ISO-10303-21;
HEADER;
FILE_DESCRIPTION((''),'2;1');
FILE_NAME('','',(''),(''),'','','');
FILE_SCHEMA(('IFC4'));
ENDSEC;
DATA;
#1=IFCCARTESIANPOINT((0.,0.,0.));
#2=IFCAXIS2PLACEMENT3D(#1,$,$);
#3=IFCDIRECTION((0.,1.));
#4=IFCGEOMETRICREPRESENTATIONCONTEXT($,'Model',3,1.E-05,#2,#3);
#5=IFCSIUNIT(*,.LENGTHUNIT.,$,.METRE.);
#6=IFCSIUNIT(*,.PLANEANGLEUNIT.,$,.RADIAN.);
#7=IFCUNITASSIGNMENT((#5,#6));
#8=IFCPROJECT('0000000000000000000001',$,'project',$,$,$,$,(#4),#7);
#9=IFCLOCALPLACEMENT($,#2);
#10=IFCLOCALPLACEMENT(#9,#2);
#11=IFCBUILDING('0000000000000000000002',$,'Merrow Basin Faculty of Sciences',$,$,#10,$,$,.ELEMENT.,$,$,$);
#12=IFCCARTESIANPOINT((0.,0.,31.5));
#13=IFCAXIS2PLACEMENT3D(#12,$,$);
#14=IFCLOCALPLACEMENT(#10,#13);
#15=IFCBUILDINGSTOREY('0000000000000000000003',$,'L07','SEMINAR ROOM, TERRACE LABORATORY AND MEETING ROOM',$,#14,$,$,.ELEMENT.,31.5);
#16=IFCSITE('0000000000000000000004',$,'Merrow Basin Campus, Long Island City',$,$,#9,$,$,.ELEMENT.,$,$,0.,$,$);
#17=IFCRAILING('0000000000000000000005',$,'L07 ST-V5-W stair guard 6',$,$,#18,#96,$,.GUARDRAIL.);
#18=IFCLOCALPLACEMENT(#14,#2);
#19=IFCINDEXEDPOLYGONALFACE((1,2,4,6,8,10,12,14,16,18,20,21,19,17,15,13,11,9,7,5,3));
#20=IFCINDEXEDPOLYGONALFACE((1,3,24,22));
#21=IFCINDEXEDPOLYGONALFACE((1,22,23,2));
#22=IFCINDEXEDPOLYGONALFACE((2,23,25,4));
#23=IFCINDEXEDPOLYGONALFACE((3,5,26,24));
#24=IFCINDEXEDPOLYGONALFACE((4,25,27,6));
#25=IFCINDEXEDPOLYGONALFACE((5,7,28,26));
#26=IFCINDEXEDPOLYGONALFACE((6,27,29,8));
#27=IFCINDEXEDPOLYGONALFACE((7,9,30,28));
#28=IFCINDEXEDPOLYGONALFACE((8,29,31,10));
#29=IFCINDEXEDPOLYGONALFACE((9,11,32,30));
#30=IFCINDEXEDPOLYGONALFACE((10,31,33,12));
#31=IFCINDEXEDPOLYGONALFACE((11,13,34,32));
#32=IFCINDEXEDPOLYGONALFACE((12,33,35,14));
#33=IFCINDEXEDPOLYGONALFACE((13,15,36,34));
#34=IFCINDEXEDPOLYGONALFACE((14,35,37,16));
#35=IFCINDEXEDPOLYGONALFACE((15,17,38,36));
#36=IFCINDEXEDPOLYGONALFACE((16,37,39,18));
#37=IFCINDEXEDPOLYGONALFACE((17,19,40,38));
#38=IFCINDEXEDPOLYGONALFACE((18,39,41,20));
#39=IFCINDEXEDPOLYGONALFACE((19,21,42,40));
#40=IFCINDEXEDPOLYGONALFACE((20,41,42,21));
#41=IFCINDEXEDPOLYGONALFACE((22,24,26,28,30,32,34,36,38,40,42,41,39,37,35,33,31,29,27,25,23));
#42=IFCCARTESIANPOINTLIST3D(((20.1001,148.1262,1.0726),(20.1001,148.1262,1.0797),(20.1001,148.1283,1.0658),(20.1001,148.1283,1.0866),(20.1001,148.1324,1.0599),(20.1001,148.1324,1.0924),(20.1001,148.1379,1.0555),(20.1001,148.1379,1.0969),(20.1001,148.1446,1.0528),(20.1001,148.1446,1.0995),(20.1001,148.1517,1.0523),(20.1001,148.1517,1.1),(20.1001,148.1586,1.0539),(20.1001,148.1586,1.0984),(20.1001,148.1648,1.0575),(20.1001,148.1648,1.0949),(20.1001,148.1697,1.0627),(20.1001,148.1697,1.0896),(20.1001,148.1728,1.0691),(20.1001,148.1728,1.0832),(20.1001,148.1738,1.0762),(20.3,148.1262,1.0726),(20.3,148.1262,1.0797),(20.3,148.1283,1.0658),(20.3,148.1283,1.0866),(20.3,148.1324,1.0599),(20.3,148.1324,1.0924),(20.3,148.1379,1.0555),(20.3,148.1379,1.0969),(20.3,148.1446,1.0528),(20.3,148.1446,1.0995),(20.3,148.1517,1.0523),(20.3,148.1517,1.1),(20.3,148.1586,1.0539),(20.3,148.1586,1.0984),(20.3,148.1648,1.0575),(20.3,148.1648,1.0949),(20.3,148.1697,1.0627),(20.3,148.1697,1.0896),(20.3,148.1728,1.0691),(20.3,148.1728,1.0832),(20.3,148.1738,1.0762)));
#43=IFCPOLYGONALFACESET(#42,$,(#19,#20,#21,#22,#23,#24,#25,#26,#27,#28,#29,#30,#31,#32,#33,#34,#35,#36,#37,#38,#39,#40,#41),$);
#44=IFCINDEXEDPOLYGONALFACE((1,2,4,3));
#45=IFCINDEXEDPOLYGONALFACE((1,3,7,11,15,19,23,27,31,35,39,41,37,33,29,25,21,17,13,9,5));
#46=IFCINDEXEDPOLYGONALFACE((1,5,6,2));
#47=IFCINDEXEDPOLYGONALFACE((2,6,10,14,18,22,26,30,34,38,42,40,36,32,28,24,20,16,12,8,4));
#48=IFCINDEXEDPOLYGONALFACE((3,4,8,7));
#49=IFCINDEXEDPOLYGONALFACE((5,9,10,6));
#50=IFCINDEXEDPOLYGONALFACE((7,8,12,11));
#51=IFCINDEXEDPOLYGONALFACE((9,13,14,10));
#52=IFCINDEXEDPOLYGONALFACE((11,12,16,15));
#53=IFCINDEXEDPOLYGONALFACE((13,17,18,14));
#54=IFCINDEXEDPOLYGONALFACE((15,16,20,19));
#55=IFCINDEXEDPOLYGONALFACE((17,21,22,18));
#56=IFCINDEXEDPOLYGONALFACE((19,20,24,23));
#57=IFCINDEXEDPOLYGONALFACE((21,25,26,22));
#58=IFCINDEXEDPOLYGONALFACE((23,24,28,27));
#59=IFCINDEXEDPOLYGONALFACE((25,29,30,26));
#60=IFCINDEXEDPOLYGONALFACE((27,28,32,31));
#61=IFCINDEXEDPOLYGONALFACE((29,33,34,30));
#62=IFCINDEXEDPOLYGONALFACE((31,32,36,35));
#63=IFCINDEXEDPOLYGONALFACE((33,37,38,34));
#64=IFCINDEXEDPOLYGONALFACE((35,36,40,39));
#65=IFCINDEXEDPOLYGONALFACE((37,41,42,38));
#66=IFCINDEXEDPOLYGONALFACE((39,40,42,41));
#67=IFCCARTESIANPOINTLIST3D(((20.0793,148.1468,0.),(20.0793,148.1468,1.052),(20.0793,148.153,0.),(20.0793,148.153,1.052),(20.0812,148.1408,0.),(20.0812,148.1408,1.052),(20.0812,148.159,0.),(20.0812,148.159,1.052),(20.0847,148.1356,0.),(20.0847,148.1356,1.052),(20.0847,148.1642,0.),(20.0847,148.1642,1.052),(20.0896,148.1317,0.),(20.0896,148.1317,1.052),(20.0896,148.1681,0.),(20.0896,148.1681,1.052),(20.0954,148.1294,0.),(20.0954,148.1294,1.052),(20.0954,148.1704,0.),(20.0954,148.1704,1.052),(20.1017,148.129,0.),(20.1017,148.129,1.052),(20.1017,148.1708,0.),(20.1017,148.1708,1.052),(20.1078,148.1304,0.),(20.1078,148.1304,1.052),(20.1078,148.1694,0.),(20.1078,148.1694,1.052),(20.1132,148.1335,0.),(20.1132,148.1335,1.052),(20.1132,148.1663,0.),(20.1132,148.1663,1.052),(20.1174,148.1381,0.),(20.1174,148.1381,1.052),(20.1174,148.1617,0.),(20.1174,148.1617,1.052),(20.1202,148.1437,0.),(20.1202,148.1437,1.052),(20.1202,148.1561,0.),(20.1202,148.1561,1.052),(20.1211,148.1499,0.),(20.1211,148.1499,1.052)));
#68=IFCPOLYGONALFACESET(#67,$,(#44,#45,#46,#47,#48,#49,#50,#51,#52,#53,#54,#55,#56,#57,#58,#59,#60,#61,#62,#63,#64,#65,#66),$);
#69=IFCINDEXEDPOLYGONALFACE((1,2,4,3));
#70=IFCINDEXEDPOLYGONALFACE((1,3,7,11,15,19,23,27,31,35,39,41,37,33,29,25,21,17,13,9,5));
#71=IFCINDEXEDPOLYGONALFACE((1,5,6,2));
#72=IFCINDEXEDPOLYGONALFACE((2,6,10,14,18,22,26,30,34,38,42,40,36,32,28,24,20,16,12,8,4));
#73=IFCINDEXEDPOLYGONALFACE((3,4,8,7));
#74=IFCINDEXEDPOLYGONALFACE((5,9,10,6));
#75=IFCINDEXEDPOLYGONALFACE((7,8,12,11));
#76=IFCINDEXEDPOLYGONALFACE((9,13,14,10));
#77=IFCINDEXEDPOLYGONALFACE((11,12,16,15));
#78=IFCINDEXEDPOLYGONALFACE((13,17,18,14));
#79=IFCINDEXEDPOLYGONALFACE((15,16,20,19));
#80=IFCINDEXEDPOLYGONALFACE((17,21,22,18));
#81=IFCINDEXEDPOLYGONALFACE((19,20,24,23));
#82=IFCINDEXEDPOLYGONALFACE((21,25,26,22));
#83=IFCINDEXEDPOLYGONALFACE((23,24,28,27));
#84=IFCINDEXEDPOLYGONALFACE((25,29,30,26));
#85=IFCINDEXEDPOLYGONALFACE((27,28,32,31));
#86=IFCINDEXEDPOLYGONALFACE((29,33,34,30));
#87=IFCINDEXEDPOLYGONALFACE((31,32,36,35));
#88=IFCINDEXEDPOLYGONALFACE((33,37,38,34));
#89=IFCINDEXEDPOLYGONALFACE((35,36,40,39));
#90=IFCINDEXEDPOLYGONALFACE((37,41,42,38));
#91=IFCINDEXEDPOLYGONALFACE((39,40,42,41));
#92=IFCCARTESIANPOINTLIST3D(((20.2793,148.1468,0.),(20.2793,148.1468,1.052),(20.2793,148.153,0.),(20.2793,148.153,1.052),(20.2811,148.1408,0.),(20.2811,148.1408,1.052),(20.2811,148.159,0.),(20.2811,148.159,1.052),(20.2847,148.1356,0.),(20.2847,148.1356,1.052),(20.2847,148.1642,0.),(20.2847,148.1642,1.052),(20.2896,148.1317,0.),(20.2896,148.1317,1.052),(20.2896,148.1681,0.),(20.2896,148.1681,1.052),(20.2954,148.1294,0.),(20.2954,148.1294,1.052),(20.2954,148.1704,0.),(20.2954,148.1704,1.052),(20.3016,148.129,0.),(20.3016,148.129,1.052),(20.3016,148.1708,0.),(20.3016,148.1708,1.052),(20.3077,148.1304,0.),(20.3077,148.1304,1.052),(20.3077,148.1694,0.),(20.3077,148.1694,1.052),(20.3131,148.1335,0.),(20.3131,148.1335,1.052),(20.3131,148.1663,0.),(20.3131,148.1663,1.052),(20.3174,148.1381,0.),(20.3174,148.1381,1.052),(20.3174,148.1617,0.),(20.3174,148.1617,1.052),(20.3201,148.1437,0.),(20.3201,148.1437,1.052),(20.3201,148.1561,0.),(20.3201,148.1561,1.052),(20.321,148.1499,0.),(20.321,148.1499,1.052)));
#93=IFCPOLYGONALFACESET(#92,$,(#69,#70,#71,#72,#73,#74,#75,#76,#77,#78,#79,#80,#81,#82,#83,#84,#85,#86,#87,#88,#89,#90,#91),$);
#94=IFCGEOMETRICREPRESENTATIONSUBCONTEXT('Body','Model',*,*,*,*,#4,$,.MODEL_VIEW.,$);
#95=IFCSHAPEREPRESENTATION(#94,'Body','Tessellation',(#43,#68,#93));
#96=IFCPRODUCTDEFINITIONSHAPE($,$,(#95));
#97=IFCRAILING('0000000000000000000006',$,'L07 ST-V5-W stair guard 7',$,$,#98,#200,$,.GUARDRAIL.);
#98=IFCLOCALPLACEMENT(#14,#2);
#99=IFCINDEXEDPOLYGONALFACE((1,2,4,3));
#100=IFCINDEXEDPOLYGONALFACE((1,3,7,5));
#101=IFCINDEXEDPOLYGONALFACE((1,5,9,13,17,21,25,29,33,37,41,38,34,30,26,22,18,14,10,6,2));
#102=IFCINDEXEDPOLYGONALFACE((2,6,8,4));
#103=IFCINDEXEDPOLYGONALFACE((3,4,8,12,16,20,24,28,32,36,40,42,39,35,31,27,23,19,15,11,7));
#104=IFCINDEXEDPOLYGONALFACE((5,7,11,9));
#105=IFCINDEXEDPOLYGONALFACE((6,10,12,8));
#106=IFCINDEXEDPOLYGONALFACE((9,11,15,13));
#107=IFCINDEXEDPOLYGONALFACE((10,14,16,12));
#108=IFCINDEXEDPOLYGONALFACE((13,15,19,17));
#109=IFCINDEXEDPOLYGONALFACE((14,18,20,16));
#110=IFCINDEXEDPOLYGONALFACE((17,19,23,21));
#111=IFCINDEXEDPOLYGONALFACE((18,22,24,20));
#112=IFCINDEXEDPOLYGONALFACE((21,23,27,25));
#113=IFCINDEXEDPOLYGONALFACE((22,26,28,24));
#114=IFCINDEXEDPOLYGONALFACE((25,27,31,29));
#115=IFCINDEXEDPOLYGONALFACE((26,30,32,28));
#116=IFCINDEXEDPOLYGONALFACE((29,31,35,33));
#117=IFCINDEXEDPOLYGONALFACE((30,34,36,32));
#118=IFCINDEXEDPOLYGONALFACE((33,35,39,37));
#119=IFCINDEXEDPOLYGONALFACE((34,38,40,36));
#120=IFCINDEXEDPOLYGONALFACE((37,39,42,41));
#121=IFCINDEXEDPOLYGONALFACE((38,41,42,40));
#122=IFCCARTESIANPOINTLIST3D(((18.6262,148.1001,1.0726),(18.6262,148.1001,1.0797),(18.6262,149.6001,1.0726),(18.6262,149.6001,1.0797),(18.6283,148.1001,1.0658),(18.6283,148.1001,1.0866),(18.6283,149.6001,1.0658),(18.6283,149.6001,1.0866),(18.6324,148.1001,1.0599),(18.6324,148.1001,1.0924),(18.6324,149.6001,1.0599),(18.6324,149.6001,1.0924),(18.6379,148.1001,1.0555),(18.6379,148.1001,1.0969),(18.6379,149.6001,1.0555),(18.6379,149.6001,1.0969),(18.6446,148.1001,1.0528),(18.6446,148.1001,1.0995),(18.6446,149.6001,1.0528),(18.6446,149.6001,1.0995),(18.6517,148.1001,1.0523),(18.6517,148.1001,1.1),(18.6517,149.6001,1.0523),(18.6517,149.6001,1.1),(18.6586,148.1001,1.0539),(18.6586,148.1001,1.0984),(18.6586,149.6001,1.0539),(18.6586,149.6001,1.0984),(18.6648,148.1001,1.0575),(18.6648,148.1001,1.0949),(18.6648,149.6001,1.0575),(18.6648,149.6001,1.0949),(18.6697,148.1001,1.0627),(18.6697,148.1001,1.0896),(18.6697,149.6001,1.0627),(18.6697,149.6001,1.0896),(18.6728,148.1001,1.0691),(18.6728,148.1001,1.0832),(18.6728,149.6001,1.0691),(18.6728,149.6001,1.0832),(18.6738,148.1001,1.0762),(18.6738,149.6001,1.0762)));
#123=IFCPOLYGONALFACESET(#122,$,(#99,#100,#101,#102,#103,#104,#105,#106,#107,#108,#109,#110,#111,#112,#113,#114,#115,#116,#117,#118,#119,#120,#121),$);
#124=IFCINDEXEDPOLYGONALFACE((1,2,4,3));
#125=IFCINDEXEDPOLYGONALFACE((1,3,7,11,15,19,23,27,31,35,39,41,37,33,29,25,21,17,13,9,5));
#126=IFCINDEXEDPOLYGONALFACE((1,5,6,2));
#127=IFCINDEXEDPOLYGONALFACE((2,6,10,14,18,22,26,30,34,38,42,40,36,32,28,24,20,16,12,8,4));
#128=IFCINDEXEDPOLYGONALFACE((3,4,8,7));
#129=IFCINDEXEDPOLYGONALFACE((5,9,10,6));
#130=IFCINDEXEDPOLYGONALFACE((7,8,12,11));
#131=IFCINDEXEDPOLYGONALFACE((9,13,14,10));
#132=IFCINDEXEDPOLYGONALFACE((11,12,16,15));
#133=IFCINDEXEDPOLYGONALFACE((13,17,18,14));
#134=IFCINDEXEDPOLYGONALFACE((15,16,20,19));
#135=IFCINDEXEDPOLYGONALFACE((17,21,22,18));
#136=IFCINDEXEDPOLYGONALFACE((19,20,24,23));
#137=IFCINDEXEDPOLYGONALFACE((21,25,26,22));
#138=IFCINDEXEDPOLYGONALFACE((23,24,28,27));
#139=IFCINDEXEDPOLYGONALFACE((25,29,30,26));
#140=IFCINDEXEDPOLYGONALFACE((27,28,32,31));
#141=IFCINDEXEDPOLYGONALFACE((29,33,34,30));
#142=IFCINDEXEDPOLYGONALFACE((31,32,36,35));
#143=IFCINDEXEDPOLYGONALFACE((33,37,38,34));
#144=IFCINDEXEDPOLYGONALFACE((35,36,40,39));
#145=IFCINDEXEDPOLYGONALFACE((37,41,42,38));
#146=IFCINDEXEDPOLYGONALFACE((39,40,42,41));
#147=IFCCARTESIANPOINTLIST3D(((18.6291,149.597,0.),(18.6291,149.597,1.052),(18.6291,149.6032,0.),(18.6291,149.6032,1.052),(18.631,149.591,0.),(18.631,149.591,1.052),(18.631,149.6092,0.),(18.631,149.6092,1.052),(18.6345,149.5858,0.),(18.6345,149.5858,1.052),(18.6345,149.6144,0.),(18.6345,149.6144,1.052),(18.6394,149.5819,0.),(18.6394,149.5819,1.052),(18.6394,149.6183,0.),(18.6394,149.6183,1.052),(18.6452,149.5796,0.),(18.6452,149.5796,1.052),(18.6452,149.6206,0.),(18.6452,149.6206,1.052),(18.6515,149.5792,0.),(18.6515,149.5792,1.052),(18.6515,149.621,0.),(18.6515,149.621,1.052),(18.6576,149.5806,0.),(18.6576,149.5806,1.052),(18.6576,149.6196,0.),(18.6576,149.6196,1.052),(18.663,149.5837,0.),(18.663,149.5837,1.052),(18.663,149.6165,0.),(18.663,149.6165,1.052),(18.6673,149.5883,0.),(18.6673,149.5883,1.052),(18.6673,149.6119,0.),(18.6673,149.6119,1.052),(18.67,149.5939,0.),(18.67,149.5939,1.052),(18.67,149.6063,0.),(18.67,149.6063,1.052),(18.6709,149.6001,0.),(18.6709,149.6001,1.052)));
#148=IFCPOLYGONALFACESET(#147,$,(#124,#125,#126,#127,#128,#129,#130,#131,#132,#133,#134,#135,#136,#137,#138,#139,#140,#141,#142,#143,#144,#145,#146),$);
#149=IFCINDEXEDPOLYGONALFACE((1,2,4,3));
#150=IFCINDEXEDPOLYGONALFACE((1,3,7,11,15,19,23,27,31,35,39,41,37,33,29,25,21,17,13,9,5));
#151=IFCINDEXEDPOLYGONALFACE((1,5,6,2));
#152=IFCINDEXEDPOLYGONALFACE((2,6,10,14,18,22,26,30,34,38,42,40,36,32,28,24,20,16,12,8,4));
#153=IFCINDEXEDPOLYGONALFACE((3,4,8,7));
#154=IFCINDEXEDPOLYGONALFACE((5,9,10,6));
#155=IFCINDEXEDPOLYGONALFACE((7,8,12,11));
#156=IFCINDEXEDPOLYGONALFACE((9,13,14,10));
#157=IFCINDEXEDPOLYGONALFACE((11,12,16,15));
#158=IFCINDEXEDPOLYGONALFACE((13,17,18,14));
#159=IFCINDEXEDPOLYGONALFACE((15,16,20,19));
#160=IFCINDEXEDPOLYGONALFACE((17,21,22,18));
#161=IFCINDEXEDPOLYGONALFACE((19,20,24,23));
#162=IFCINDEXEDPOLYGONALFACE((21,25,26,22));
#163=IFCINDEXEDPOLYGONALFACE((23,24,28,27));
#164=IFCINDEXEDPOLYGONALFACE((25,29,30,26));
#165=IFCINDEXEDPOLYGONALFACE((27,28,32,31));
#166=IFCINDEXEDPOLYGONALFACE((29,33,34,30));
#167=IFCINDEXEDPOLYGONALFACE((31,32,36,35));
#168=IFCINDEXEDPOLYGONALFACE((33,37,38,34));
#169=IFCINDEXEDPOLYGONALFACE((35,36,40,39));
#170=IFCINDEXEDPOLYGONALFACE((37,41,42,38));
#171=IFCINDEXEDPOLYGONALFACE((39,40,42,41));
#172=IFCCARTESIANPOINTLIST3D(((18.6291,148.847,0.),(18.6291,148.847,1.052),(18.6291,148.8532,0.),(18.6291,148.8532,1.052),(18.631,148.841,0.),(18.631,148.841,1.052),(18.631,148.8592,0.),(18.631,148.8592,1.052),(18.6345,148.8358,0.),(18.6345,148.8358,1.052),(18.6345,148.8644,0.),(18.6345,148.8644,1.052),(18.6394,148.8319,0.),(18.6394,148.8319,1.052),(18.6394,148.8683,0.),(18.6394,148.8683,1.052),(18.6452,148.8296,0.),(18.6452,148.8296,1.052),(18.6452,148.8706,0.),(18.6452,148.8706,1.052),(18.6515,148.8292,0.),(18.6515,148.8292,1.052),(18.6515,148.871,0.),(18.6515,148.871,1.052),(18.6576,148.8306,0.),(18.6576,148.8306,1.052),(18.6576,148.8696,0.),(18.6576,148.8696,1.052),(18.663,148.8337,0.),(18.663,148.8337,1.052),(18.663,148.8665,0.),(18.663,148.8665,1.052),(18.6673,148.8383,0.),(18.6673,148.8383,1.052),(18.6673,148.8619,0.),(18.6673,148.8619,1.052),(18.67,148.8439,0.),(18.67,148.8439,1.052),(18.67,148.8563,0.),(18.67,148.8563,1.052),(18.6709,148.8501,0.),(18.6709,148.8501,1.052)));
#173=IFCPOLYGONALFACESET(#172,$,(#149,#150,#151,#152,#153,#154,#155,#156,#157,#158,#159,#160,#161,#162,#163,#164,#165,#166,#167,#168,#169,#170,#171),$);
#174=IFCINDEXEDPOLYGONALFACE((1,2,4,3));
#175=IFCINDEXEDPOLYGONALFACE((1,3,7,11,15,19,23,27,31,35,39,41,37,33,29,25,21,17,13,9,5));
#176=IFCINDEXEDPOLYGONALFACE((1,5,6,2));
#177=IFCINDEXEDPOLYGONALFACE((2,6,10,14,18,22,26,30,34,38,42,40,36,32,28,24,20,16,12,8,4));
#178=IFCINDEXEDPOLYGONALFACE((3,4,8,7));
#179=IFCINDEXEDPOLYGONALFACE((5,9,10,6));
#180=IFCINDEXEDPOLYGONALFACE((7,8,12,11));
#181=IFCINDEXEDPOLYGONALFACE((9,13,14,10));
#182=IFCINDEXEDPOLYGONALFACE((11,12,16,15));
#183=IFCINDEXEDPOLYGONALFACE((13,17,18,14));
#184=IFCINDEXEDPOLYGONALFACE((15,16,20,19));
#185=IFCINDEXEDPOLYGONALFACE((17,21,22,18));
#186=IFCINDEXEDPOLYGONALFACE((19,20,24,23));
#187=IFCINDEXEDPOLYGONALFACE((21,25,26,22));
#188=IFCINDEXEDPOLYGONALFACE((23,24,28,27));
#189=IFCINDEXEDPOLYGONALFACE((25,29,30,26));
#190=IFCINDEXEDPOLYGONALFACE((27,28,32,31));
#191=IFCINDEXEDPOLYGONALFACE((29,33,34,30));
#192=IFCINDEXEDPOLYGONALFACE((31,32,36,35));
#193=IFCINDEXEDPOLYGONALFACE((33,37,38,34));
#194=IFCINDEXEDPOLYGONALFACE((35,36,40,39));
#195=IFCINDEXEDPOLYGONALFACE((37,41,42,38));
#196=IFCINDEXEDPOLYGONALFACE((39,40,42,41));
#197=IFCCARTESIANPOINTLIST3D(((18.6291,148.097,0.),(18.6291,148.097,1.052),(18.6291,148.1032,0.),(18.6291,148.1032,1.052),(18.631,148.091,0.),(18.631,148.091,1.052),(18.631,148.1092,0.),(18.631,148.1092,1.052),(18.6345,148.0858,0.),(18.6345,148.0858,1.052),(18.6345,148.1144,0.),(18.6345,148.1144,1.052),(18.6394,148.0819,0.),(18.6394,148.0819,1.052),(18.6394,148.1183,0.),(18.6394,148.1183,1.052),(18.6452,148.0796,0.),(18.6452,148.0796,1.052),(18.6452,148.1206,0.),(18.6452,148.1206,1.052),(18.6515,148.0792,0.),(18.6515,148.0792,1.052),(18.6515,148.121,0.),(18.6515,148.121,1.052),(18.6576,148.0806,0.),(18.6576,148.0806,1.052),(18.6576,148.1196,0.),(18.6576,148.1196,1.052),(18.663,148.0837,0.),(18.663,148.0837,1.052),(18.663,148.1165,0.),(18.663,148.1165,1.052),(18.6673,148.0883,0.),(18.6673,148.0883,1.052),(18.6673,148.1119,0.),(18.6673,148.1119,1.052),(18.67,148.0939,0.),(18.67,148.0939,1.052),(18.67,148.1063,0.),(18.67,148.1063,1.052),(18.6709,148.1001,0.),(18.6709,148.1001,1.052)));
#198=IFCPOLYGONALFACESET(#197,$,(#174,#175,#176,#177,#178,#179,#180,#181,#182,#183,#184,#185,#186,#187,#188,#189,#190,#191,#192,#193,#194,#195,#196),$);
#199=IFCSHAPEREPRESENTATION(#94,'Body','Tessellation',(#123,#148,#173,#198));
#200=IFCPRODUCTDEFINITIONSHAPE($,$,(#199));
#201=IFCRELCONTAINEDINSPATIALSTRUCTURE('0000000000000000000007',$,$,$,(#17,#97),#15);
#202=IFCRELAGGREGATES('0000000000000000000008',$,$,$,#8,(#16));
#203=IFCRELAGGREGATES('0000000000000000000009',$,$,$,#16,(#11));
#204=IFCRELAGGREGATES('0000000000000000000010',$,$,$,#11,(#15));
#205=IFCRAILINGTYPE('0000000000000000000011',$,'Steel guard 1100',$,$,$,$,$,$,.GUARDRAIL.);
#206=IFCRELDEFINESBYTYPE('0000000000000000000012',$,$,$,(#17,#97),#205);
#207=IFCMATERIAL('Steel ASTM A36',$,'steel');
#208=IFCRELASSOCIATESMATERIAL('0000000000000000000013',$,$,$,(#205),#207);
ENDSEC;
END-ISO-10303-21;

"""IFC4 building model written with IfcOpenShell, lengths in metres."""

from ifc_helpers import new_model, si_unit, direction, frame, origin, origin_2d, place, context, subcontext, project, spatial, circle, extrude, material, type_object, element, save


model = new_model("IFC4")

# Units and contexts
model_context = context("Model", 3, precision=1e-05, world=origin(), true_north=direction((0.0, 1.0)))
body_context = subcontext(model_context, "Body", "Model", "MODEL_VIEW")
ifc_project = project(units=[si_unit("LENGTHUNIT", "METRE"), si_unit("PLANEANGLEUNIT", "RADIAN")], contexts=[model_context])

# Site, building, storey
site_placement = place(None, origin())
site = spatial("IfcSite", under=ifc_project, at=site_placement, Name="Merrow Basin Campus, Long Island City", CompositionType="ELEMENT", RefElevation=0.0)
building_placement = place(site_placement, origin())
building = spatial("IfcBuilding", under=site, at=building_placement, Name="Merrow Basin Faculty of Sciences", CompositionType="ELEMENT")
storey_placement = place(building_placement, frame((0.0, 0.0, 31.5)))
storey = spatial("IfcBuildingStorey", under=building, at=storey_placement, Name="L07", Description="SEMINAR ROOM, TERRACE LABORATORY AND MEETING ROOM", CompositionType="ELEMENT", Elevation=31.5)

# Railings
ifc_material_1 = material(Name="Steel ASTM A36", Category="steel")
railing_type_1 = type_object("IfcRailingType", Name="Steel guard 1100", PredefinedType="GUARDRAIL", material=ifc_material_1)
railing_1_placement = place(storey_placement, frame((20.1001, 148.1499, 0.0)))
element("IfcRailing", 1, at=railing_1_placement, inside=storey, type_object=railing_type_1, Name="L07 ST-V5-W stair guard 6", PredefinedType="GUARDRAIL", context=body_context, shape_type="SweptSolid", body=[
    extrude(circle(Radius=0.0239, at=origin_2d()), frame((0.0, 0.0, 1.0762), z_axis=(1.0, 0.0, 0.0), x_axis=(0.0, 1.0, 0.0)), (0.0, 0.0, 1.0), 0.2),
    extrude(circle(Radius=0.021, at=origin_2d()), origin(), (0.0, 0.0, 1.0), 1.052),
    extrude(circle(Radius=0.021, at=origin_2d()), frame((0.2, 0.0, 0.0)), (0.0, 0.0, 1.0), 1.052),
])
railing_2_placement = place(storey_placement, frame((18.6499, 149.6001, 0.0)))
element("IfcRailing", 2, at=railing_2_placement, inside=storey, type_object=railing_type_1, Name="L07 ST-V5-W stair guard 7", PredefinedType="GUARDRAIL", context=body_context, shape_type="SweptSolid", body=[
    extrude(circle(Radius=0.0239, at=origin_2d()), frame((0.0, 0.0, 1.0762), z_axis=(0.0, -1.0, 0.0), x_axis=(1.0, 0.0, 0.0)), (0.0, 0.0, 1.0), 1.5),
    extrude(circle(Radius=0.021, at=origin_2d()), origin(), (0.0, 0.0, 1.0), 1.052),
    extrude(circle(Radius=0.021, at=origin_2d()), frame((0.0, -0.75, 0.0)), (0.0, 0.0, 1.0), 1.052),
    extrude(circle(Radius=0.021, at=origin_2d()), frame((0.0, -1.5, 0.0)), (0.0, 0.0, 1.0), 1.052),
])

save(model, "model.ifc")
